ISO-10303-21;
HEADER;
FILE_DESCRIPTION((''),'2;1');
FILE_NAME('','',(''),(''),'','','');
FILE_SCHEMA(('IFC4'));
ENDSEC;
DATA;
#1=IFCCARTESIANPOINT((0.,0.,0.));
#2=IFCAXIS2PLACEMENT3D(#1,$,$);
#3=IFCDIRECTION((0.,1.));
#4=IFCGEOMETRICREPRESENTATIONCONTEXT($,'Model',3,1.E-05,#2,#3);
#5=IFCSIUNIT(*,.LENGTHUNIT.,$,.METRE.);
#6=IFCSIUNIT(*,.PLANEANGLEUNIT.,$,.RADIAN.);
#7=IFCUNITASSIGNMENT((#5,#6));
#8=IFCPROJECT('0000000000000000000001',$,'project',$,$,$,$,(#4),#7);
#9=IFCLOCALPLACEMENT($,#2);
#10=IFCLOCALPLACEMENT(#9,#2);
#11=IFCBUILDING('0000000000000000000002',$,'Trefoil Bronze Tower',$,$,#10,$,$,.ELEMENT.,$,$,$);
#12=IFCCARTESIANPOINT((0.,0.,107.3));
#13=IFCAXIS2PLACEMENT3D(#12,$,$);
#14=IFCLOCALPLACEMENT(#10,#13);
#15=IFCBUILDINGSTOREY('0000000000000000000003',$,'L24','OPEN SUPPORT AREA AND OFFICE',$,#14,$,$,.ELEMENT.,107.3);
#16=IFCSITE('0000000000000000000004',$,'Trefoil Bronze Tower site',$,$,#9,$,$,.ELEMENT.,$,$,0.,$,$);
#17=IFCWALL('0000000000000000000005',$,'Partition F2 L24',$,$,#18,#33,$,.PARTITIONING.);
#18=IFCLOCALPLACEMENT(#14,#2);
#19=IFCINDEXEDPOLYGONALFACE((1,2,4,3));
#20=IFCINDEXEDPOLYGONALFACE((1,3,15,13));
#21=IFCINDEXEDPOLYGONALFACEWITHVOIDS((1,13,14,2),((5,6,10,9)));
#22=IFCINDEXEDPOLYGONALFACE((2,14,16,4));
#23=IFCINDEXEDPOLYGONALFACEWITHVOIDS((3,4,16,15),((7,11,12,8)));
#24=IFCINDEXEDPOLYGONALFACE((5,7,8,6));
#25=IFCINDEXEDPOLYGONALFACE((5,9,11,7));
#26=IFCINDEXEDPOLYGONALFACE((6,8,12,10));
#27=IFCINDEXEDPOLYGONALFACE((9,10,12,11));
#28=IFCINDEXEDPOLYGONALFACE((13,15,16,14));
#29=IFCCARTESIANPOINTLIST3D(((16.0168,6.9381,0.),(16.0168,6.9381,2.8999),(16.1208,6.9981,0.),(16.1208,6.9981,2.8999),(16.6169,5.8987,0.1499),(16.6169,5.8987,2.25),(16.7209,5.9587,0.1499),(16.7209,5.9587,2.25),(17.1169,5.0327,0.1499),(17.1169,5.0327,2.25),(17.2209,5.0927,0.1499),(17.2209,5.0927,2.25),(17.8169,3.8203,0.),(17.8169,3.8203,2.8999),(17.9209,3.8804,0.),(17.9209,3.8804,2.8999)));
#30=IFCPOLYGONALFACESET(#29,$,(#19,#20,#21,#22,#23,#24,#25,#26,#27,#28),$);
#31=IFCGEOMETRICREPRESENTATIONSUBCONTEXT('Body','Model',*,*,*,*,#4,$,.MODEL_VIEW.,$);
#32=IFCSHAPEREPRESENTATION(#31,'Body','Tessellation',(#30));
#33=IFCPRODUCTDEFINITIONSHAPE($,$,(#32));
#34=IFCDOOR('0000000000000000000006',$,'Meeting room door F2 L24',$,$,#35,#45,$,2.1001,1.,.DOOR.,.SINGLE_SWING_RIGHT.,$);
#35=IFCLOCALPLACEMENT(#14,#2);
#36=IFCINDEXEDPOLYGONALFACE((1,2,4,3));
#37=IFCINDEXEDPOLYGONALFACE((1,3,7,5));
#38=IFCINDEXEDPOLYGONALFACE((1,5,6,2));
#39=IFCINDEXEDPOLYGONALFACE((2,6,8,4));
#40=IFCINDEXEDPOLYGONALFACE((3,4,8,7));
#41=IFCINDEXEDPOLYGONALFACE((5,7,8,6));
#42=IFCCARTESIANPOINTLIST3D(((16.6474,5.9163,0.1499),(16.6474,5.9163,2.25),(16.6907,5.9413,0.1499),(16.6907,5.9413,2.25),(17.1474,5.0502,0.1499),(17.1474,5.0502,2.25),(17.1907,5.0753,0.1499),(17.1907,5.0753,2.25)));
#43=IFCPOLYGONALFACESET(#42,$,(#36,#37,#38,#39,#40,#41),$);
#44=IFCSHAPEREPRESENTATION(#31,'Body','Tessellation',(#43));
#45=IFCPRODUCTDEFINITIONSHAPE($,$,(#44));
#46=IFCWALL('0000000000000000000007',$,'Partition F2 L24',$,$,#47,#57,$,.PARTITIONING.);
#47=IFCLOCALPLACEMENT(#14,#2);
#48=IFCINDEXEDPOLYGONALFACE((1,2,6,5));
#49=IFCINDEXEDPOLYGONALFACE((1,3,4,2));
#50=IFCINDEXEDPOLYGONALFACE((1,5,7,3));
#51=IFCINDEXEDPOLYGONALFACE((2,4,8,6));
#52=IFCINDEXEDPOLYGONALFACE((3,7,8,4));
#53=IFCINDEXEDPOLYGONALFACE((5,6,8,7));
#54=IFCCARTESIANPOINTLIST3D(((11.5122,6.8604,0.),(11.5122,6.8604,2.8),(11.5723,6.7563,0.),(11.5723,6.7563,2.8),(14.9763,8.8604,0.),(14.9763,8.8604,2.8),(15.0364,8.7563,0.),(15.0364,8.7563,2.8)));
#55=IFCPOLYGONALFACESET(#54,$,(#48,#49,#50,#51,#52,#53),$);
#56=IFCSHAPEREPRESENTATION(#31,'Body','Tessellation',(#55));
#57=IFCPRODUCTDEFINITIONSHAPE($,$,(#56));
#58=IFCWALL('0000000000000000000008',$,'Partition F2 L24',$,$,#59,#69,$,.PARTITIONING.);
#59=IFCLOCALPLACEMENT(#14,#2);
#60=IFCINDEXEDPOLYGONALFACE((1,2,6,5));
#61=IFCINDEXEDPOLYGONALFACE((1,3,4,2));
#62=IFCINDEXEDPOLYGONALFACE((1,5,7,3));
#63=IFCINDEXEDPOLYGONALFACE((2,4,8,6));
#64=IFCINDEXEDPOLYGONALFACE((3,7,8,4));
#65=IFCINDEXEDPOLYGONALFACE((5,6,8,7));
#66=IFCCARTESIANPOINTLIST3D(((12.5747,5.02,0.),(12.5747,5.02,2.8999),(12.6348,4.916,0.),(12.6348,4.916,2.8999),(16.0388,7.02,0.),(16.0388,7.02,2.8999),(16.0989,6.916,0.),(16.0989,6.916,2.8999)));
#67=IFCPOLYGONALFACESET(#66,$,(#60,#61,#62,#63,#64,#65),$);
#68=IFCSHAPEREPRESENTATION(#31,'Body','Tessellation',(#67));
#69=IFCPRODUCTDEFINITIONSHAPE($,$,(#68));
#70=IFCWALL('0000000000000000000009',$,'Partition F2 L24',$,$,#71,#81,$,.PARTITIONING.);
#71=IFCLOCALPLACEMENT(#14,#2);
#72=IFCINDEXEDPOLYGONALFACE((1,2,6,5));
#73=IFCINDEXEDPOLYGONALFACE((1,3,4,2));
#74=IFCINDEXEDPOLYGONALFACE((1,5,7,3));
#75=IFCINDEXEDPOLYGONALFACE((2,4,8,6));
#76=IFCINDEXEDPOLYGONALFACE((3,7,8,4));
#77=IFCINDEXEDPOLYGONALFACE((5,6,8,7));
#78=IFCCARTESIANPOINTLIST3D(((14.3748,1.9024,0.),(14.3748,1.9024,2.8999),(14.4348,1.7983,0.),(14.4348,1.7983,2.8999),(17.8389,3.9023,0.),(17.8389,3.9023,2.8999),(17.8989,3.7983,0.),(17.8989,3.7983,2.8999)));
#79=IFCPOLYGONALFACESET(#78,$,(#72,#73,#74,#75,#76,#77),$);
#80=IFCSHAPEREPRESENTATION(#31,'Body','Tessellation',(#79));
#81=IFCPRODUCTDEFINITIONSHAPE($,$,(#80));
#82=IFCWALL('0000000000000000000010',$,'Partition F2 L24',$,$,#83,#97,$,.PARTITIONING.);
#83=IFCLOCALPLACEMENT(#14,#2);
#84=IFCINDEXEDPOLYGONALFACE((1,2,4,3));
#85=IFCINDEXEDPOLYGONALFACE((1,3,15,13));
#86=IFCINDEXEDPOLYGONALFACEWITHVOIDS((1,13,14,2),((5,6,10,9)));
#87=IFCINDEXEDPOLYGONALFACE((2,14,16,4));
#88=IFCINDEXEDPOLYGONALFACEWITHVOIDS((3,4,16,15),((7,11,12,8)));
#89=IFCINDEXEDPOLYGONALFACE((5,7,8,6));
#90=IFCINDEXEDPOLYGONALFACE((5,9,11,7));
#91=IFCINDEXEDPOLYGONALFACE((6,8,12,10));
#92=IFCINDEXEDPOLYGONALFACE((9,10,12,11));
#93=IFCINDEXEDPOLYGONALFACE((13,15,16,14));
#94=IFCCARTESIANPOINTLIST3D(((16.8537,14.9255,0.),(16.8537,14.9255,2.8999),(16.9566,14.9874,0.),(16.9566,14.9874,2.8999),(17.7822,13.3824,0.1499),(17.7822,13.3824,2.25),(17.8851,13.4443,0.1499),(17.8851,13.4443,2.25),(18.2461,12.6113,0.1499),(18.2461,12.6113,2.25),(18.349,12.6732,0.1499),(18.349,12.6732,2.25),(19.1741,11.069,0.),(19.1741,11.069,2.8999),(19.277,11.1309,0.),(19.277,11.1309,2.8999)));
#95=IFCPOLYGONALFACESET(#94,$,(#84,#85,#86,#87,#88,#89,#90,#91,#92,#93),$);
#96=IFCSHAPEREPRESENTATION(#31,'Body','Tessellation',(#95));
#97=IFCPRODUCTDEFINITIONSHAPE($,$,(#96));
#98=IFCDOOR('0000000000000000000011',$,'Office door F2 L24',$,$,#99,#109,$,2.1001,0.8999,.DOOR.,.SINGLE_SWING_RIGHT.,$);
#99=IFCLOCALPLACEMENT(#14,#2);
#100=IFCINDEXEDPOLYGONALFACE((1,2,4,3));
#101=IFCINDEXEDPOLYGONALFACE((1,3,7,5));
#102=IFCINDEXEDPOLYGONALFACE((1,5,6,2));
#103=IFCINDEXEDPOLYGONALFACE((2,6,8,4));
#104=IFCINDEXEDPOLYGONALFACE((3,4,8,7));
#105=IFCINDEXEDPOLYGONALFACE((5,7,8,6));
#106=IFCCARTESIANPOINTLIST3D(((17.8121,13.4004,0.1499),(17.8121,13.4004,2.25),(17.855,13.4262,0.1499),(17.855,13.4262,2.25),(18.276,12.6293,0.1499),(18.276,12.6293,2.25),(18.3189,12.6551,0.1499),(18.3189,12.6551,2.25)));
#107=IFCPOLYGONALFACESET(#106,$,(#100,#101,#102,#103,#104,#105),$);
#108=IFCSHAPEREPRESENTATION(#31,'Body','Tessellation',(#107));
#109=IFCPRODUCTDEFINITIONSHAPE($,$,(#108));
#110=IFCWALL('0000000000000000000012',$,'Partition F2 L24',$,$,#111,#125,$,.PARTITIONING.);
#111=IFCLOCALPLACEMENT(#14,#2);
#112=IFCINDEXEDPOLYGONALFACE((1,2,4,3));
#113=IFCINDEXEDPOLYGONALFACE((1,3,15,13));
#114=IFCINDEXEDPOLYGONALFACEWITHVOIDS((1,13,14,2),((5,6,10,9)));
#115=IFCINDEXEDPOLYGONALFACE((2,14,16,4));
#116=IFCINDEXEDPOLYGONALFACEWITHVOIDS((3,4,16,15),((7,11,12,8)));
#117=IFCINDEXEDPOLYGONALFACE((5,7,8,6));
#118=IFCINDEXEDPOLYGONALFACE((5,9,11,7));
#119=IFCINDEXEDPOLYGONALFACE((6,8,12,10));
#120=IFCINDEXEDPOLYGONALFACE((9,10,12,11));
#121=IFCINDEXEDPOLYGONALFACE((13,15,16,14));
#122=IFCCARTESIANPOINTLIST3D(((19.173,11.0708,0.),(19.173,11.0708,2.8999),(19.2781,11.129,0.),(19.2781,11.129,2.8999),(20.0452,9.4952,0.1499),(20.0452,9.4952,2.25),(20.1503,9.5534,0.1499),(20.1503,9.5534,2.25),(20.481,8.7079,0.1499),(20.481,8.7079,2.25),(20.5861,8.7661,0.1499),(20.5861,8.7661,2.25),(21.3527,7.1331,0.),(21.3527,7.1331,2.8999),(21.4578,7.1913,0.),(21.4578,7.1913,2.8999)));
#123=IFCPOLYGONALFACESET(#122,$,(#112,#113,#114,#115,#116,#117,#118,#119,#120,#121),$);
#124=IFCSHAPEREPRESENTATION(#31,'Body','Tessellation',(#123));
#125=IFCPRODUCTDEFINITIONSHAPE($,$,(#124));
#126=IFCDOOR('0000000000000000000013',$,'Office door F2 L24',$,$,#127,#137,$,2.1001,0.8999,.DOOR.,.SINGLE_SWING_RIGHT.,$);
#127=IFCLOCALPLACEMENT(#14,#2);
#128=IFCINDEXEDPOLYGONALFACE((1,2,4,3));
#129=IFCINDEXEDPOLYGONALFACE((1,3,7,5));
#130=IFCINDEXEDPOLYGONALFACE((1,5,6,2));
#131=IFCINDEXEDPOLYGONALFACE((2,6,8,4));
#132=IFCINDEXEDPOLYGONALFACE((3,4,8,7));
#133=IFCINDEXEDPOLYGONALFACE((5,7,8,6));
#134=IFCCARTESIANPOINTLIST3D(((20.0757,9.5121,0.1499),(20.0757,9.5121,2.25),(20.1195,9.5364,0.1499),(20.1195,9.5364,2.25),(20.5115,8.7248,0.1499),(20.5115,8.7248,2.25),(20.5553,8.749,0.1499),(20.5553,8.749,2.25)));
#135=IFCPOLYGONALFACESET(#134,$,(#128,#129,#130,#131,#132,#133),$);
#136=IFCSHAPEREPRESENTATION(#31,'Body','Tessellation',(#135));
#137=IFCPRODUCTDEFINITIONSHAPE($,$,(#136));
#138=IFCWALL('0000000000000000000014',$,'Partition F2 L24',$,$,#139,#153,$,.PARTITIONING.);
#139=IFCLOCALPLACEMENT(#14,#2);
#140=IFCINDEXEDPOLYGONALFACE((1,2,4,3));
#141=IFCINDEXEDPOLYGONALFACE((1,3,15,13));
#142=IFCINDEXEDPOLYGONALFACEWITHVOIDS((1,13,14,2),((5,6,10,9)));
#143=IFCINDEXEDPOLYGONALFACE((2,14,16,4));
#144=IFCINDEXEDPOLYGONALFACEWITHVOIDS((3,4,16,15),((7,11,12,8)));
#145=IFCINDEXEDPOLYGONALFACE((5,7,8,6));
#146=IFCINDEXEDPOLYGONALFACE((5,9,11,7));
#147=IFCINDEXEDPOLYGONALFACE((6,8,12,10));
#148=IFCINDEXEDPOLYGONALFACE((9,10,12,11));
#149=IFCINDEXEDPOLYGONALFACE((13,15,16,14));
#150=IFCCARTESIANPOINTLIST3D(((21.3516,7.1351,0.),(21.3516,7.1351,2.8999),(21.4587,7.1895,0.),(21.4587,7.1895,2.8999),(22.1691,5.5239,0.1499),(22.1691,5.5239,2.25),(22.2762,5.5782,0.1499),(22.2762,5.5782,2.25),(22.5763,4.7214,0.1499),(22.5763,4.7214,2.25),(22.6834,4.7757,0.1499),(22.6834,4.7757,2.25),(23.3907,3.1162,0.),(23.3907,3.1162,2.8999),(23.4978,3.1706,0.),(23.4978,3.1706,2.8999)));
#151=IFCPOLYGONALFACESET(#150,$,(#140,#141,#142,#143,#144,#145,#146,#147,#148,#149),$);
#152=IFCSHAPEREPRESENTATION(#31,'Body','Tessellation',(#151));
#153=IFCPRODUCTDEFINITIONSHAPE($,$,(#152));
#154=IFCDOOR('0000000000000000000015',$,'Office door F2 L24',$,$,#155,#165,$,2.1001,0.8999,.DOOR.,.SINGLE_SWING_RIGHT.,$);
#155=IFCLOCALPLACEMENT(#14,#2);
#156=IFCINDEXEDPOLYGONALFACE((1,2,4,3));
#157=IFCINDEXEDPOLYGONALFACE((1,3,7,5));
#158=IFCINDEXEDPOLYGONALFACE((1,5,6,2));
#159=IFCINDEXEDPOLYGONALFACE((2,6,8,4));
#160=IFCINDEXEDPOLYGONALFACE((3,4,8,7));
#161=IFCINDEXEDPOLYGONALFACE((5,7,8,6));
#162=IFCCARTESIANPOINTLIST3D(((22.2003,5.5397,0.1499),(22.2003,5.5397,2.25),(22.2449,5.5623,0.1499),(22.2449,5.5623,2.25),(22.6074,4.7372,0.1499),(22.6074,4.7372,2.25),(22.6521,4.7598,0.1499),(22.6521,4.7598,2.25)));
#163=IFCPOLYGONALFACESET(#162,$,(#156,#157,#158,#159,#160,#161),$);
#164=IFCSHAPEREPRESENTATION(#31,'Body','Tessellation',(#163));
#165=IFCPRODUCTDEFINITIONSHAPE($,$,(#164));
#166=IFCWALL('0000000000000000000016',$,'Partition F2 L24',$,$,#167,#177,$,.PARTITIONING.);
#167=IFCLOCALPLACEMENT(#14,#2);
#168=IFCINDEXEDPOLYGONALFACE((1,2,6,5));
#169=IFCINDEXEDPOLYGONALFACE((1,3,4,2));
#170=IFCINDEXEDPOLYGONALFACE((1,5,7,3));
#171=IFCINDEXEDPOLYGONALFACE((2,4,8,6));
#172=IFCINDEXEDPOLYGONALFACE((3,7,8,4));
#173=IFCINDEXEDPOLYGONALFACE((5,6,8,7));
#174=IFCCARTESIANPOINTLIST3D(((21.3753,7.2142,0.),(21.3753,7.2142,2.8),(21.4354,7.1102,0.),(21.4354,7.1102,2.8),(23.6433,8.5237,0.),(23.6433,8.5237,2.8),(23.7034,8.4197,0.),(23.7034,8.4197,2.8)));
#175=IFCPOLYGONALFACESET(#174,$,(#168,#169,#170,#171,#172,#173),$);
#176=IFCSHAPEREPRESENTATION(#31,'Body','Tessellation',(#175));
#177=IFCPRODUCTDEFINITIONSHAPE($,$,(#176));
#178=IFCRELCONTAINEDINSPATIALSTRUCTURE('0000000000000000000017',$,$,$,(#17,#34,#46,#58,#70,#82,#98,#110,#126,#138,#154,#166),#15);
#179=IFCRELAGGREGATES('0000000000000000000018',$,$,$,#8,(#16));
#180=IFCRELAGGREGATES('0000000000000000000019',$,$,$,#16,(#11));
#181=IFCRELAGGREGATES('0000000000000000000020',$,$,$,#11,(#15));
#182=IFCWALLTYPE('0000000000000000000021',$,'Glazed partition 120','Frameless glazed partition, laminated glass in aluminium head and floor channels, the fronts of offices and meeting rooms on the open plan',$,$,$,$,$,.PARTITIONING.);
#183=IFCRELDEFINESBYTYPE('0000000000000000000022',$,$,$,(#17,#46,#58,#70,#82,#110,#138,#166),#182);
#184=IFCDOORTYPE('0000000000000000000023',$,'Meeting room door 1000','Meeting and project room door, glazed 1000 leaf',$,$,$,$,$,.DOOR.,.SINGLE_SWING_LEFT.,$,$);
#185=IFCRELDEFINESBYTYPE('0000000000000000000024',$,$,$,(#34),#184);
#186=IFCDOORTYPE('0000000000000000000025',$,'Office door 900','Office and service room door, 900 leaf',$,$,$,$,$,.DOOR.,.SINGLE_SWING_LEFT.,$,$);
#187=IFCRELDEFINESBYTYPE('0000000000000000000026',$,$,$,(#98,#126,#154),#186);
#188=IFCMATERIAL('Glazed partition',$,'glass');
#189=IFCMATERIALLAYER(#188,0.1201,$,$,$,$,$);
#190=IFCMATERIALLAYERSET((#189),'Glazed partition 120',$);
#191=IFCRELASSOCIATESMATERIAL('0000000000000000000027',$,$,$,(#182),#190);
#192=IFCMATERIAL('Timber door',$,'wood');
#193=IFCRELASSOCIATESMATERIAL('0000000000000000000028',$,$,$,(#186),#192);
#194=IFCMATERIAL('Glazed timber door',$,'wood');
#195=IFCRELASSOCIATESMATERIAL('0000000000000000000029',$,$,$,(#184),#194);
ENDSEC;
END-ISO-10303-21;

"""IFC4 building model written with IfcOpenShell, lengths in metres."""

from ifc_helpers import new_model, si_unit, direction, frame, frame_2d, origin, place, context, subcontext, project, spatial, rectangle, extrude, material, layer, layer_set, type_object, element, fill, save


model = new_model("IFC4")

# Units and contexts
model_context = context("Model", 3, precision=1e-05, world=origin(), true_north=direction((0.0, 1.0)))
body_context = subcontext(model_context, "Body", "Model", "MODEL_VIEW")
ifc_project = project(units=[si_unit("LENGTHUNIT", "METRE"), si_unit("PLANEANGLEUNIT", "RADIAN")], contexts=[model_context])

# Site, building, storey
site_placement = place(None, origin())
site = spatial("IfcSite", under=ifc_project, at=site_placement, Name="Trefoil Bronze Tower site", CompositionType="ELEMENT", RefElevation=0.0)
building_placement = place(site_placement, origin())
building = spatial("IfcBuilding", under=site, at=building_placement, Name="Trefoil Bronze Tower", CompositionType="ELEMENT")
storey_placement = place(building_placement, frame((0.0, 0.0, 107.3)))
storey = spatial("IfcBuildingStorey", under=building, at=storey_placement, Name="L24", Description="OPEN SUPPORT AREA AND OFFICE", CompositionType="ELEMENT", Elevation=107.3)

# Wall, opening, door
ifc_material_1 = material(Name="Glazed partition", Category="glass")
ifc_layer_1 = layer(ifc_material_1, 0.1201)
ifc_layer_set_1 = layer_set([ifc_layer_1], Name="Glazed partition 120")
wall_type_1 = type_object("IfcWallType", Name="Glazed partition 120", Description="Frameless glazed partition, laminated glass in aluminium head and floor channels, the fronts of offices and meeting rooms on the open plan", PredefinedType="PARTITIONING", material=ifc_layer_set_1)
ifc_material_2 = material(Name="Timber door", Category="wood")
door_type_1 = type_object("IfcDoorType", Name="Office door 900", Description="Office and service room door, 900 leaf", OperationType="SINGLE_SWING_LEFT", PredefinedType="DOOR", material=ifc_material_2)
wall_1_placement = place(storey_placement, frame((17.8689, 3.8503, 0.0), z_axis=(0.0, 0.0, 1.0), x_axis=(-0.500012, 0.866018, 0.0)))
wall_1 = element("IfcWall", 1, at=wall_1_placement, inside=storey, type_object=wall_type_1, Name="Partition F2 L24", PredefinedType="PARTITIONING", context=body_context, shape_type="SweptSolid", body=[
    extrude(rectangle(XDim=3.6001, YDim=0.1201, at=frame_2d((1.8, 0.0))), origin(), (0.0, 0.0, 1.0), 2.8999),
])
opening_1_placement = place(wall_1_placement, frame((1.3999, 0.0, 0.1499)))
opening_1 = element("IfcOpeningElement", 2, at=opening_1_placement, cuts=wall_1, PredefinedType="OPENING", context=body_context, shape_type="SweptSolid", body=[
    extrude(rectangle(XDim=1.0, YDim=2.1001, at=frame_2d((0.5, 1.05))), frame((0.0, 0.0701, 0.0), z_axis=(0.0, -1.0, 0.0), x_axis=(1.0, 0.0, 0.0)), (0.0, 0.0, 1.0), 0.1401),
])
ifc_material_3 = material(Name="Glazed timber door", Category="wood")
door_type_2 = type_object("IfcDoorType", Name="Meeting room door 1000", Description="Meeting and project room door, glazed 1000 leaf", OperationType="SINGLE_SWING_LEFT", PredefinedType="DOOR", material=ifc_material_3)
door_1_placement = place(opening_1_placement, origin())
door_1 = element("IfcDoor", 3, at=door_1_placement, inside=storey, type_object=door_type_2, Name="Meeting room door F2 L24", OperationType="SINGLE_SWING_RIGHT", OverallHeight=2.1001, OverallWidth=1.0, PredefinedType="DOOR", context=body_context, shape_type="SweptSolid", body=[
    extrude(rectangle(XDim=1.0, YDim=2.1001, at=frame_2d((0.5, 1.05))), frame((0.0, 0.0249, 0.0), z_axis=(0.0, -1.0, 0.0), x_axis=(1.0, 0.0, 0.0)), (0.0, 0.0, 1.0), 0.05),
])
fill(opening_1, door_1)

# Walls
wall_2_placement = place(storey_placement, frame((11.5422, 6.8083, 0.0), z_axis=(0.0, 0.0, 1.0), x_axis=(0.866026, 0.499999, 0.0)))
element("IfcWall", 4, at=wall_2_placement, inside=storey, type_object=wall_type_1, Name="Partition F2 L24", PredefinedType="PARTITIONING", context=body_context, shape_type="SweptSolid", body=[
    extrude(rectangle(XDim=4.0, YDim=0.1201, at=frame_2d((2.0, 0.0))), origin(), (0.0, 0.0, 1.0), 2.8),
])
for number, where, z_axis, x_axis, name in (
    (5, (12.6047, 4.968, 0.0), (0.0, 0.0, 1.0), (0.866026, 0.499999, 0.0), "Partition F2 L24"),
    (6, (14.4048, 1.8503, 0.0), (0.0, 0.0, 1.0), (0.866026, 0.499999, 0.0), "Partition F2 L24"),
):
    element("IfcWall", number, at=place(storey_placement, frame(where, z_axis=z_axis, x_axis=x_axis)), inside=storey, type_object=wall_type_1, Name=name, PredefinedType="PARTITIONING", context=body_context, shape_type="SweptSolid", body=[
        extrude(rectangle(XDim=4.0, YDim=0.1201, at=frame_2d((2.0, 0.0))), origin(), (0.0, 0.0, 1.0), 2.8999),
    ])

# Walls, openings, doors
wall_3_placement = place(storey_placement, frame((19.2256, 11.0999, 0.0), z_axis=(0.0, 0.0, 1.0), x_axis=(-0.515548, 0.85686, 0.0)))
wall_3 = element("IfcWall", 7, at=wall_3_placement, inside=storey, type_object=wall_type_1, Name="Partition F2 L24", PredefinedType="PARTITIONING", context=body_context, shape_type="SweptSolid", body=[
    extrude(rectangle(XDim=4.5007, YDim=0.1201, at=frame_2d((2.2505, 0.0))), origin(), (0.0, 0.0, 1.0), 2.8999),
])
opening_2_placement = place(wall_3_placement, frame((1.8, 0.0, 0.1499)))
opening_2 = element("IfcOpeningElement", 8, at=opening_2_placement, cuts=wall_3, PredefinedType="OPENING", context=body_context, shape_type="SweptSolid", body=[
    extrude(rectangle(XDim=0.8999, YDim=2.1001, at=frame_2d((0.45, 1.05))), frame((0.0, 0.0701, 0.0), z_axis=(0.0, -1.0, 0.0), x_axis=(1.0, 0.0, 0.0)), (0.0, 0.0, 1.0), 0.1401),
])
door_2_placement = place(opening_2_placement, frame((0.8999, 0.0, 0.0), z_axis=(0.0, 0.0, 1.0), x_axis=(-1.0, 0.0, 0.0)))
door_2 = element("IfcDoor", 9, at=door_2_placement, inside=storey, type_object=door_type_1, Name="Office door F2 L24", OperationType="SINGLE_SWING_RIGHT", OverallHeight=2.1001, OverallWidth=0.8999, PredefinedType="DOOR", context=body_context, shape_type="SweptSolid", body=[
    extrude(rectangle(XDim=0.8999, YDim=2.1001, at=frame_2d((0.45, 1.05))), frame((0.0, 0.0249, 0.0), z_axis=(0.0, -1.0, 0.0), x_axis=(1.0, 0.0, 0.0)), (0.0, 0.0, 1.0), 0.05),
])
fill(opening_2, door_2)
wall_4_placement = place(storey_placement, frame((21.4053, 7.1621, 0.0), z_axis=(0.0, 0.0, 1.0), x_axis=(-0.484293, 0.874906, 0.0)))
wall_4 = element("IfcWall", 10, at=wall_4_placement, inside=storey, type_object=wall_type_1, Name="Partition F2 L24", PredefinedType="PARTITIONING", context=body_context, shape_type="SweptSolid", body=[
    extrude(rectangle(XDim=4.5007, YDim=0.1201, at=frame_2d((2.2505, 0.0))), origin(), (0.0, 0.0, 1.0), 2.8999),
])
opening_3_placement = place(wall_4_placement, frame((1.8, 0.0, 0.1499)))
opening_3 = element("IfcOpeningElement", 11, at=opening_3_placement, cuts=wall_4, PredefinedType="OPENING", context=body_context, shape_type="SweptSolid", body=[
    extrude(rectangle(XDim=0.8999, YDim=2.1001, at=frame_2d((0.45, 1.05))), frame((0.0, 0.0701, 0.0), z_axis=(0.0, -1.0, 0.0), x_axis=(1.0, 0.0, 0.0)), (0.0, 0.0, 1.0), 0.1401),
])
door_3_placement = place(opening_3_placement, frame((0.8999, 0.0, 0.0), z_axis=(0.0, 0.0, 1.0), x_axis=(-1.0, 0.0, 0.0)))
door_3 = element("IfcDoor", 12, at=door_3_placement, inside=storey, type_object=door_type_1, Name="Office door F2 L24", OperationType="SINGLE_SWING_RIGHT", OverallHeight=2.1001, OverallWidth=0.8999, PredefinedType="DOOR", context=body_context, shape_type="SweptSolid", body=[
    extrude(rectangle(XDim=0.8999, YDim=2.1001, at=frame_2d((0.45, 1.05))), frame((0.0, 0.0249, 0.0), z_axis=(0.0, -1.0, 0.0), x_axis=(1.0, 0.0, 0.0)), (0.0, 0.0, 1.0), 0.05),
])
fill(opening_3, door_3)
wall_5_placement = place(storey_placement, frame((23.4443, 3.1433, 0.0), z_axis=(0.0, 0.0, 1.0), x_axis=(-0.452472, 0.891779, 0.0)))
wall_5 = element("IfcWall", 13, at=wall_5_placement, inside=storey, type_object=wall_type_1, Name="Partition F2 L24", PredefinedType="PARTITIONING", context=body_context, shape_type="SweptSolid", body=[
    extrude(rectangle(XDim=4.5066, YDim=0.1201, at=frame_2d((2.2534, 0.0))), origin(), (0.0, 0.0, 1.0), 2.8999),
])
opening_4_placement = place(wall_5_placement, frame((1.8, 0.0, 0.1499)))
opening_4 = element("IfcOpeningElement", 14, at=opening_4_placement, cuts=wall_5, PredefinedType="OPENING", context=body_context, shape_type="SweptSolid", body=[
    extrude(rectangle(XDim=0.8999, YDim=2.1001, at=frame_2d((0.45, 1.05))), frame((0.0, 0.0701, 0.0), z_axis=(0.0, -1.0, 0.0), x_axis=(1.0, 0.0, 0.0)), (0.0, 0.0, 1.0), 0.1401),
])
door_4_placement = place(opening_4_placement, frame((0.8999, 0.0, 0.0), z_axis=(0.0, 0.0, 1.0), x_axis=(-1.0, 0.0, 0.0)))
door_4 = element("IfcDoor", 15, at=door_4_placement, inside=storey, type_object=door_type_1, Name="Office door F2 L24", OperationType="SINGLE_SWING_RIGHT", OverallHeight=2.1001, OverallWidth=0.8999, PredefinedType="DOOR", context=body_context, shape_type="SweptSolid", body=[
    extrude(rectangle(XDim=0.8999, YDim=2.1001, at=frame_2d((0.45, 1.05))), frame((0.0, 0.0249, 0.0), z_axis=(0.0, -1.0, 0.0), x_axis=(1.0, 0.0, 0.0)), (0.0, 0.0, 1.0), 0.05),
])
fill(opening_4, door_4)

# Wall
wall_6_placement = place(storey_placement, frame((21.4053, 7.1621, 0.0), z_axis=(0.0, 0.0, 1.0), x_axis=(0.866009, 0.500029, 0.0)))
element("IfcWall", 16, at=wall_6_placement, inside=storey, type_object=wall_type_1, Name="Partition F2 L24", PredefinedType="PARTITIONING", context=body_context, shape_type="SweptSolid", body=[
    extrude(rectangle(XDim=2.6189, YDim=0.1201, at=frame_2d((1.3096, 0.0))), origin(), (0.0, 0.0, 1.0), 2.8),
])

save(model, "model.ifc")
